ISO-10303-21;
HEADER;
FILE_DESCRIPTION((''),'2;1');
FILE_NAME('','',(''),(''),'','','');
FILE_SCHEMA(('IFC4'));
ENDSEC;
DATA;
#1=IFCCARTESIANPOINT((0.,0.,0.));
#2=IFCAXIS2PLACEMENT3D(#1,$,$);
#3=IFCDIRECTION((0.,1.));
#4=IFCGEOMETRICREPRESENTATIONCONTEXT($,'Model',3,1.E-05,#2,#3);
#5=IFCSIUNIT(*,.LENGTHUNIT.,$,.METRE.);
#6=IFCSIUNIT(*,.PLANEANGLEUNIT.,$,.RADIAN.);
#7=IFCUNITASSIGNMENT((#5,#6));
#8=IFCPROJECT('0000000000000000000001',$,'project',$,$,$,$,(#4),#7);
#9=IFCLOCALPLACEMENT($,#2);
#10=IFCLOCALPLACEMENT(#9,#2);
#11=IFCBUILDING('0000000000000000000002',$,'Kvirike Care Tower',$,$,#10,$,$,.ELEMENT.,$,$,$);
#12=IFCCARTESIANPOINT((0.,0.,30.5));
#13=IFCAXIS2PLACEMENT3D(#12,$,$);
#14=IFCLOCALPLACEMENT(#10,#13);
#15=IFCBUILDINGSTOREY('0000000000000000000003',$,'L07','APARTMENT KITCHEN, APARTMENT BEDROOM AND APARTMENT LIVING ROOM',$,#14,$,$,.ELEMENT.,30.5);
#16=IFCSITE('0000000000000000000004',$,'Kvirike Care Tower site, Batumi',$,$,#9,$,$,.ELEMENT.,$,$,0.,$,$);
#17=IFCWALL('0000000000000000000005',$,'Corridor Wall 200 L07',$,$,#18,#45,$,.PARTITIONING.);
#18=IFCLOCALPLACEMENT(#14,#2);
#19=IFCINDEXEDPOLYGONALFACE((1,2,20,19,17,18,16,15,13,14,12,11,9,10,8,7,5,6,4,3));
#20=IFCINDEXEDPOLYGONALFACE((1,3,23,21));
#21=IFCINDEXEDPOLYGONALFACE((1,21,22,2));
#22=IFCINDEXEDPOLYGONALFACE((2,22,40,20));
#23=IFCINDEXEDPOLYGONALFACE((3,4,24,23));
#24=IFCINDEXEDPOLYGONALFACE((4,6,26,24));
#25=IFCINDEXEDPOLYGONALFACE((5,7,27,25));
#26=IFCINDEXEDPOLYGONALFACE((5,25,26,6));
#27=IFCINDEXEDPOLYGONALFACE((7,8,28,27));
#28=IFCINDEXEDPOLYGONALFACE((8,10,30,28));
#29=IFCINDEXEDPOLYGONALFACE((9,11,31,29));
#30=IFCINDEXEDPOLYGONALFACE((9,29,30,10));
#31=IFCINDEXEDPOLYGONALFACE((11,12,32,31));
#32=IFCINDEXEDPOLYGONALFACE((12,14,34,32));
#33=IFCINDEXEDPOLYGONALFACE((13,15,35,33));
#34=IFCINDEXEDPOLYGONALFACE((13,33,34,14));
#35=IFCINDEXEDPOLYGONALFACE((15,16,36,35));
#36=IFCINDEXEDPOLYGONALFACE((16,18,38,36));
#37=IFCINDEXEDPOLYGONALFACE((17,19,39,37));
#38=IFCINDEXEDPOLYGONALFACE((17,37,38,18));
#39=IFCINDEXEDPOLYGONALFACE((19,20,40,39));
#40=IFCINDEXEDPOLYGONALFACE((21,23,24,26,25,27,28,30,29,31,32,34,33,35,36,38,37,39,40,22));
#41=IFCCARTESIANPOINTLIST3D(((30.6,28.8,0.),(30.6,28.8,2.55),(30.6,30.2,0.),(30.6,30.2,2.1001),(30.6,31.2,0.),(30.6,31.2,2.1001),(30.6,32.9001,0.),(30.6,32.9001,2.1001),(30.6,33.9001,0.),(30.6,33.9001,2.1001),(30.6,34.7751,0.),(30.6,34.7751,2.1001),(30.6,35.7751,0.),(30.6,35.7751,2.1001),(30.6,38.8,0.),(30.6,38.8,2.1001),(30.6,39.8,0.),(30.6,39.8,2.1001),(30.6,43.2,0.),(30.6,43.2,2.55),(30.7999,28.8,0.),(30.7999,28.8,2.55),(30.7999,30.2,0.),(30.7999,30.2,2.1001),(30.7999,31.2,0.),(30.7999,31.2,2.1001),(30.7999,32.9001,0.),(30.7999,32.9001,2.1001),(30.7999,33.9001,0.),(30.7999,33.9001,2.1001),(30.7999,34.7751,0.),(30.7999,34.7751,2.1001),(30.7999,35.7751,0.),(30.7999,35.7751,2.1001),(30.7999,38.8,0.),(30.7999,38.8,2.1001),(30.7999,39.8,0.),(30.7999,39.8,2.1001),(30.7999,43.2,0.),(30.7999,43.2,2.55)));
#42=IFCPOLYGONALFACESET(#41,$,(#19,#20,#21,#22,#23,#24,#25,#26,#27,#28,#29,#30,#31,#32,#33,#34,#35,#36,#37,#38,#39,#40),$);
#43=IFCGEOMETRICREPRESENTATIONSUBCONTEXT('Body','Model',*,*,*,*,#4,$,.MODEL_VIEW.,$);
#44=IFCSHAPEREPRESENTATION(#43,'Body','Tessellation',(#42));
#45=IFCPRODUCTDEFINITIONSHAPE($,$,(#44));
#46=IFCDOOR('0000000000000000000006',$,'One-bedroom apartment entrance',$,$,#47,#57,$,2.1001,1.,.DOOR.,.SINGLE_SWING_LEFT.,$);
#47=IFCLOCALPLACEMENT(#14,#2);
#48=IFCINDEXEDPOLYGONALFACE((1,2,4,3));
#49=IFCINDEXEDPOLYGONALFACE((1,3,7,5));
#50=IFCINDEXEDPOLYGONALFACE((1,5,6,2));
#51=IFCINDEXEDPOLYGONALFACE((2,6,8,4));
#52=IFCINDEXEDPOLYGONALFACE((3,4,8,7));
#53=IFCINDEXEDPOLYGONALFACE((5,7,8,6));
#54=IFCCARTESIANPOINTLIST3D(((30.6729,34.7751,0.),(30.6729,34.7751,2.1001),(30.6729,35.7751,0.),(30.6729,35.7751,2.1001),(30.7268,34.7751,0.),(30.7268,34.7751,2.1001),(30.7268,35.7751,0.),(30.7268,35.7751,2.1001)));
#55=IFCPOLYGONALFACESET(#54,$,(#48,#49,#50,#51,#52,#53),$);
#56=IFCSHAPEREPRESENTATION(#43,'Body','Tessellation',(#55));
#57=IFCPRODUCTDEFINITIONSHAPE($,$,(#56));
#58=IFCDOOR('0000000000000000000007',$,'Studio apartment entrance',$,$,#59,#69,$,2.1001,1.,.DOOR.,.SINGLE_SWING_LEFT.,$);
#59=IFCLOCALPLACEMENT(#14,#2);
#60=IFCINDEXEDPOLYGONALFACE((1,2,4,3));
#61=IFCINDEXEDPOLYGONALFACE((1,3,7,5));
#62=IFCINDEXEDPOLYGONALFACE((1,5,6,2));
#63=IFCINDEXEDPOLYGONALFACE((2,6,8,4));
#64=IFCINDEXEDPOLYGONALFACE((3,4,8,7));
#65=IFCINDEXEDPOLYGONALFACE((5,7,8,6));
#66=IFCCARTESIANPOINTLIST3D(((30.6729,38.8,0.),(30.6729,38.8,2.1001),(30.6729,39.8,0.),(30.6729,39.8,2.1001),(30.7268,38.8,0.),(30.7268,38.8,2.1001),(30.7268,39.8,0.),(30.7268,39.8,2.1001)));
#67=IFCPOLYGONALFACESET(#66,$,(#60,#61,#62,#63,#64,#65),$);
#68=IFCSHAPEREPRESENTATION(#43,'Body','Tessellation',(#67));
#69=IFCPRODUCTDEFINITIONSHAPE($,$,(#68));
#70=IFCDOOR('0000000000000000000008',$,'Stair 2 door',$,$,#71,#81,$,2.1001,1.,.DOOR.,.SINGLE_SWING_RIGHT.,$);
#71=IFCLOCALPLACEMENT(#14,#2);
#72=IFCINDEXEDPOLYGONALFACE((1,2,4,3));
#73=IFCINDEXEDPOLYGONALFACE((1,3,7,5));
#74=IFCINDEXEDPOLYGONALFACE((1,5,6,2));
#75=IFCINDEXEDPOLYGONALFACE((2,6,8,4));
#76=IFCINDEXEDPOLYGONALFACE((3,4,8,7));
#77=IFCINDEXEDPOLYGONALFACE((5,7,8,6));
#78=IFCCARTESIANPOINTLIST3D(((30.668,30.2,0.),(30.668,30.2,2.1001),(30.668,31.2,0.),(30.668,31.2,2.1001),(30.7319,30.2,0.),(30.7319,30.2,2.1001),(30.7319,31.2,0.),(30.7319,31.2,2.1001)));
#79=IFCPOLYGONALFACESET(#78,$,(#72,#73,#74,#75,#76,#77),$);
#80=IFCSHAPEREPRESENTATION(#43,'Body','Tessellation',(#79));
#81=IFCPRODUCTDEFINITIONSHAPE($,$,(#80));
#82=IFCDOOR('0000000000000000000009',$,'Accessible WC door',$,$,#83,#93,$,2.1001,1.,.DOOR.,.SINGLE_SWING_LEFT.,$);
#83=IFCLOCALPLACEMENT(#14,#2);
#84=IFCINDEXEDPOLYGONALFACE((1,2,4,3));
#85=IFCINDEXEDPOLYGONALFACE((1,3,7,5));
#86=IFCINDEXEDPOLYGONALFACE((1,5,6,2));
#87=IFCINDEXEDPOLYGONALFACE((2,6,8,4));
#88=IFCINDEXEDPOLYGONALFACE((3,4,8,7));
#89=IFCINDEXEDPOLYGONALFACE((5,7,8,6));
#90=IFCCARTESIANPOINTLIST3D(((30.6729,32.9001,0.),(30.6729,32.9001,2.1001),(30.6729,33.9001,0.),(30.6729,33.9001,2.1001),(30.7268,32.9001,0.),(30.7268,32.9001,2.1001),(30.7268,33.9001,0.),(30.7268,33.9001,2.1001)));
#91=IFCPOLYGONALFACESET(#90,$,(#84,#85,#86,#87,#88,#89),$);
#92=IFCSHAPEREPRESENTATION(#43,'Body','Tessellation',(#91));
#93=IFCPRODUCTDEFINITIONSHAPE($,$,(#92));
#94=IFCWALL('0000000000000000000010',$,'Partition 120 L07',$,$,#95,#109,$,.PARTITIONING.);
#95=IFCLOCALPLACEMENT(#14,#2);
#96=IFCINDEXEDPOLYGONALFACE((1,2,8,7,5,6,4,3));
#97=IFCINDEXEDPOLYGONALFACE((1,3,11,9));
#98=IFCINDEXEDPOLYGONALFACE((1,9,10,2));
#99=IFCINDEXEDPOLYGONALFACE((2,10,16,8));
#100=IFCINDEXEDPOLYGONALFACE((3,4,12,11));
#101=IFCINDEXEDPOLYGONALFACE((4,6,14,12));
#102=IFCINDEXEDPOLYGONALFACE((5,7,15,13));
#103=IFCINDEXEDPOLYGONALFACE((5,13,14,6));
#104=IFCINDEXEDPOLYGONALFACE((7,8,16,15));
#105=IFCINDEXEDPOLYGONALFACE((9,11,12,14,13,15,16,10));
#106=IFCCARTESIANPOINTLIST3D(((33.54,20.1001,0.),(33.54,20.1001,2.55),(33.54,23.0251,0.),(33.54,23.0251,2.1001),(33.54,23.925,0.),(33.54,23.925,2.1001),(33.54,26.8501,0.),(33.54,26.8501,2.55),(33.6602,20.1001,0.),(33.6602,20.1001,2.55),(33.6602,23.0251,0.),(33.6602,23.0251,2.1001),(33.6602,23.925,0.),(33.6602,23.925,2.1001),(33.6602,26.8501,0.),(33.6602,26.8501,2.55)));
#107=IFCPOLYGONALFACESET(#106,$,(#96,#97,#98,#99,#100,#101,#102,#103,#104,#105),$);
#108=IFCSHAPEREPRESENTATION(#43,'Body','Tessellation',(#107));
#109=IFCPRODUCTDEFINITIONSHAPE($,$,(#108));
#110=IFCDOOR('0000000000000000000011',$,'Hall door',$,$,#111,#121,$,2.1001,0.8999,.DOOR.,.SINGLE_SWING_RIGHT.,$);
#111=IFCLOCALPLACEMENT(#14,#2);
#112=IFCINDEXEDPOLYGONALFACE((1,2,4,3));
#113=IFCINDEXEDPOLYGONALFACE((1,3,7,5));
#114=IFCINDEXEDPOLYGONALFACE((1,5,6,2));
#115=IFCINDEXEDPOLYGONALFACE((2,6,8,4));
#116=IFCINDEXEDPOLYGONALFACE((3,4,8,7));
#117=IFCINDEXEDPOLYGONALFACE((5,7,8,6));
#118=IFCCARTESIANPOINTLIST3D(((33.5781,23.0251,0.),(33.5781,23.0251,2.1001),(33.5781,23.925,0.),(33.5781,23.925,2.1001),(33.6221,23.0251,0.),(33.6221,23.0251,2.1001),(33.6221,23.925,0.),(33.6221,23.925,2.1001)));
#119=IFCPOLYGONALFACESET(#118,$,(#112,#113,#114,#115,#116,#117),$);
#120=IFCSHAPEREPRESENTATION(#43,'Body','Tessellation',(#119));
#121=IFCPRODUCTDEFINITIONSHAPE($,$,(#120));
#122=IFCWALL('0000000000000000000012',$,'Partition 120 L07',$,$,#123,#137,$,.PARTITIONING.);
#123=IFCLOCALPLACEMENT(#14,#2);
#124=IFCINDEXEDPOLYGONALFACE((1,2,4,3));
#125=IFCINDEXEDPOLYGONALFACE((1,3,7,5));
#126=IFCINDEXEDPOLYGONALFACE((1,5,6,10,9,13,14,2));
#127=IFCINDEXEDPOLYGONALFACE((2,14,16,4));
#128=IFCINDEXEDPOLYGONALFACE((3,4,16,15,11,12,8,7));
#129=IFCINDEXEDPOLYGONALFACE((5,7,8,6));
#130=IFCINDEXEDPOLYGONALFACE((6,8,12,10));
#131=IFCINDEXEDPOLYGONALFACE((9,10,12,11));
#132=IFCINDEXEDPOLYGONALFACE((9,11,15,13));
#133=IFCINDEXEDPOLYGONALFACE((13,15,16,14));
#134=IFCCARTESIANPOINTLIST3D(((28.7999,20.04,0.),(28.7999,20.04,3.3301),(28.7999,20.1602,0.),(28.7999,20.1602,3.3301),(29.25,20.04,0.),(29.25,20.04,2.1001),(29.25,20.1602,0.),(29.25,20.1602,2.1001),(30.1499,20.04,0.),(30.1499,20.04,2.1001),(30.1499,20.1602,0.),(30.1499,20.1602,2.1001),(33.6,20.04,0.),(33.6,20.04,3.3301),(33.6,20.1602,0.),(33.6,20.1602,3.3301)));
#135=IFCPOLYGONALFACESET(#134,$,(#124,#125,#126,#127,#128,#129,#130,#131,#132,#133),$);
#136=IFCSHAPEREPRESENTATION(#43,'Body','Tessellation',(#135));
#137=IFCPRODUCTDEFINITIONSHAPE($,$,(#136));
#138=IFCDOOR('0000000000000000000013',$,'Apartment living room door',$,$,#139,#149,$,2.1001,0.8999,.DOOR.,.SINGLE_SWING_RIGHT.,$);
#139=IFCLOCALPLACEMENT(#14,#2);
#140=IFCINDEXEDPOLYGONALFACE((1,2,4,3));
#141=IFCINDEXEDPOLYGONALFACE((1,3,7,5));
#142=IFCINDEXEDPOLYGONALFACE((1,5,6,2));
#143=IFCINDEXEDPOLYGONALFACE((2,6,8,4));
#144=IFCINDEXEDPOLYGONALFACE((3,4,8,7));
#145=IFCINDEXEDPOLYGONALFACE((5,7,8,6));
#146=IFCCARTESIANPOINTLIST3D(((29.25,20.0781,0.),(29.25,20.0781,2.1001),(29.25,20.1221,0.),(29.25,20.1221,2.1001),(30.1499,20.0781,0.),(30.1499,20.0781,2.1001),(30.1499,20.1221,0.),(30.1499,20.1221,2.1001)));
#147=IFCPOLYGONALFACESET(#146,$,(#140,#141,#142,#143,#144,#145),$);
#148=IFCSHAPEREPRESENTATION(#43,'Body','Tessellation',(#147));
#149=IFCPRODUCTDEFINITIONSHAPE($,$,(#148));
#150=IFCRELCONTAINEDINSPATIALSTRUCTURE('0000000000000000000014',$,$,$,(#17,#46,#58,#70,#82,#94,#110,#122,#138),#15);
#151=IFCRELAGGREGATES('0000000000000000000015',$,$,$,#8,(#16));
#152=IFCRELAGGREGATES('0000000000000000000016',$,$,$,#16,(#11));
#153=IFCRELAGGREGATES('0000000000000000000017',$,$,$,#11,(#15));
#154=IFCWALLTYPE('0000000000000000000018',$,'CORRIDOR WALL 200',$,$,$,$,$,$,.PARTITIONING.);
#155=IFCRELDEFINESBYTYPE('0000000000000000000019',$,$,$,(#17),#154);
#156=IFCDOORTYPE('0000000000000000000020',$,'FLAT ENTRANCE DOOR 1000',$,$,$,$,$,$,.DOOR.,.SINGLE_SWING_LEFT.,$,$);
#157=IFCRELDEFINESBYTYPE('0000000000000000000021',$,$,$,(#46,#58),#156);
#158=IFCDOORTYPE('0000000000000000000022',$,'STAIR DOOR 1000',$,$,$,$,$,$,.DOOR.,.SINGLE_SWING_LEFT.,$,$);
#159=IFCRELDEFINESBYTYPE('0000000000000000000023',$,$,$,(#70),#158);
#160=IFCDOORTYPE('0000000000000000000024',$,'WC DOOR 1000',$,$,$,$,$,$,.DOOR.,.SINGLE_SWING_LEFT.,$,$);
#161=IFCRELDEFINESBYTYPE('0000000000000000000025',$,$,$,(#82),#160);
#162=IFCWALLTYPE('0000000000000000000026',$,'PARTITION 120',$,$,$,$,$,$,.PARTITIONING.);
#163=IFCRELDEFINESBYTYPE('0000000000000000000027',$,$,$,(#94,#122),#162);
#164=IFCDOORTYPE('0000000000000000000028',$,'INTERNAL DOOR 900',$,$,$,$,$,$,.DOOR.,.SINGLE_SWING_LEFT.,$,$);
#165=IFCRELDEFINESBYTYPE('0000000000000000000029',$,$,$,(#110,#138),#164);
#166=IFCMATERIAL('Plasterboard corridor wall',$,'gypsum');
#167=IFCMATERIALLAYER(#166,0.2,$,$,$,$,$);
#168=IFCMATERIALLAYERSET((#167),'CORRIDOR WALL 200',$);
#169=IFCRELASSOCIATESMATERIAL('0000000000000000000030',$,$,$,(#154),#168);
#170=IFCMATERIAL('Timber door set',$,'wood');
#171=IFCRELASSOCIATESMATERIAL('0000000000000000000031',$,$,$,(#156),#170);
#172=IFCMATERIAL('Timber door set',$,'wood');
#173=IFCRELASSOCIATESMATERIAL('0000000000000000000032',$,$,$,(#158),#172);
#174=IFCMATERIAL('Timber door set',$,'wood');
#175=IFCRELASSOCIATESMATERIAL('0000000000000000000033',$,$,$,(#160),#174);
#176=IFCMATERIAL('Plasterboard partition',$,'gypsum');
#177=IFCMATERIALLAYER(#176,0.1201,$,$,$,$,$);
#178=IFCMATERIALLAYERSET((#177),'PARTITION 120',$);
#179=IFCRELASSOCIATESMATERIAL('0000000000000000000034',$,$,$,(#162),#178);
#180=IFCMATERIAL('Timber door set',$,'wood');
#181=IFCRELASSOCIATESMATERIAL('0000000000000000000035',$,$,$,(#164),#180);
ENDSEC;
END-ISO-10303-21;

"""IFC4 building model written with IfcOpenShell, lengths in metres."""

from ifc_helpers import new_model, si_unit, direction, frame, frame_2d, origin, place, context, subcontext, project, spatial, rectangle, extrude, material, layer, layer_set, type_object, element, fill, save


model = new_model("IFC4")

# Units and contexts
model_context = context("Model", 3, precision=1e-05, world=origin(), true_north=direction((0.0, 1.0)))
body_context = subcontext(model_context, "Body", "Model", "MODEL_VIEW")
ifc_project = project(units=[si_unit("LENGTHUNIT", "METRE"), si_unit("PLANEANGLEUNIT", "RADIAN")], contexts=[model_context])

# Site, building, storey
site_placement = place(None, origin())
site = spatial("IfcSite", under=ifc_project, at=site_placement, Name="Kvirike Care Tower site, Batumi", CompositionType="ELEMENT", RefElevation=0.0)
building_placement = place(site_placement, origin())
building = spatial("IfcBuilding", under=site, at=building_placement, Name="Kvirike Care Tower", CompositionType="ELEMENT")
storey_placement = place(building_placement, frame((0.0, 0.0, 30.5)))
storey = spatial("IfcBuildingStorey", under=building, at=storey_placement, Name="L07", Description="APARTMENT KITCHEN, APARTMENT BEDROOM AND APARTMENT LIVING ROOM", CompositionType="ELEMENT", Elevation=30.5)

# Shared definitions
ifc_material_1 = material(Name="Plasterboard corridor wall", Category="gypsum")
ifc_layer_1 = layer(ifc_material_1, 0.2)
ifc_layer_set_1 = layer_set([ifc_layer_1], Name="CORRIDOR WALL 200")
wall_type_1 = type_object("IfcWallType", Name="CORRIDOR WALL 200", PredefinedType="PARTITIONING", material=ifc_layer_set_1)
ifc_material_2 = material(Name="Timber door set", Category="wood")
door_type_1 = type_object("IfcDoorType", Name="FLAT ENTRANCE DOOR 1000", OperationType="SINGLE_SWING_LEFT", PredefinedType="DOOR", material=ifc_material_2)

# Wall, openings, doors
wall_1_placement = place(storey_placement, frame((30.7, 28.8, 0.0), z_axis=(0.0, 0.0, 1.0), x_axis=(0.0, 1.0, 0.0)))
wall_1 = element("IfcWall", 1, at=wall_1_placement, inside=storey, type_object=wall_type_1, Name="Corridor Wall 200 L07", PredefinedType="PARTITIONING", context=body_context, shape_type="SweptSolid", body=[
    extrude(rectangle(XDim=14.3999, YDim=0.2, at=frame_2d((7.2, 0.0))), origin(), (0.0, 0.0, 1.0), 2.55),
])
opening_1_placement = place(wall_1_placement, frame((1.3999, 0.0, 0.0)))
opening_1 = element("IfcOpeningElement", 2, at=opening_1_placement, cuts=wall_1, PredefinedType="OPENING", context=body_context, shape_type="SweptSolid", body=[
    extrude(rectangle(XDim=1.0, YDim=2.1001, at=frame_2d((0.5, 1.05))), frame((0.0, 0.1106, 0.0), z_axis=(0.0, -1.0, 0.0), x_axis=(1.0, 0.0, 0.0)), (0.0, 0.0, 1.0), 0.2209),
])
opening_2_placement = place(wall_1_placement, frame((4.1001, 0.0, 0.0)))
opening_2 = element("IfcOpeningElement", 3, at=opening_2_placement, cuts=wall_1, PredefinedType="OPENING", context=body_context, shape_type="SweptSolid", body=[
    extrude(rectangle(XDim=1.0, YDim=2.1001, at=frame_2d((0.5, 1.05))), frame((0.0, 0.1106, 0.0), z_axis=(0.0, -1.0, 0.0), x_axis=(1.0, 0.0, 0.0)), (0.0, 0.0, 1.0), 0.2209),
])
opening_3_placement = place(wall_1_placement, frame((5.9751, 0.0, 0.0)))
opening_3 = element("IfcOpeningElement", 4, at=opening_3_placement, cuts=wall_1, PredefinedType="OPENING", context=body_context, shape_type="SweptSolid", body=[
    extrude(rectangle(XDim=1.0, YDim=2.1001, at=frame_2d((0.5, 1.05))), frame((0.0, 0.1106, 0.0), z_axis=(0.0, -1.0, 0.0), x_axis=(1.0, 0.0, 0.0)), (0.0, 0.0, 1.0), 0.2209),
])
opening_4_placement = place(wall_1_placement, frame((10.0, 0.0, 0.0)))
opening_4 = element("IfcOpeningElement", 5, at=opening_4_placement, cuts=wall_1, PredefinedType="OPENING", context=body_context, shape_type="SweptSolid", body=[
    extrude(rectangle(XDim=1.0, YDim=2.1001, at=frame_2d((0.5, 1.05))), frame((0.0, 0.1106, 0.0), z_axis=(0.0, -1.0, 0.0), x_axis=(1.0, 0.0, 0.0)), (0.0, 0.0, 1.0), 0.2209),
])
door_1_placement = place(opening_3_placement, frame((1.0, 0.0, 0.0), z_axis=(0.0, 0.0, 1.0), x_axis=(-1.0, 0.0, 0.0)))
door_1 = element("IfcDoor", 6, at=door_1_placement, inside=storey, type_object=door_type_1, Name="One-bedroom apartment entrance", OperationType="SINGLE_SWING_LEFT", OverallHeight=2.1001, OverallWidth=1.0, PredefinedType="DOOR", context=body_context, shape_type="SweptSolid", body=[
    extrude(rectangle(XDim=1.0, YDim=2.1001, at=frame_2d((0.5, 1.05))), frame((0.0, 0.0269, 0.0), z_axis=(0.0, -1.0, 0.0), x_axis=(1.0, 0.0, 0.0)), (0.0, 0.0, 1.0), 0.054),
])
fill(opening_3, door_1)
door_2_placement = place(opening_4_placement, frame((1.0, 0.0, 0.0), z_axis=(0.0, 0.0, 1.0), x_axis=(-1.0, 0.0, 0.0)))
door_2 = element("IfcDoor", 7, at=door_2_placement, inside=storey, type_object=door_type_1, Name="Studio apartment entrance", OperationType="SINGLE_SWING_LEFT", OverallHeight=2.1001, OverallWidth=1.0, PredefinedType="DOOR", context=body_context, shape_type="SweptSolid", body=[
    extrude(rectangle(XDim=1.0, YDim=2.1001, at=frame_2d((0.5, 1.05))), frame((0.0, 0.0269, 0.0), z_axis=(0.0, -1.0, 0.0), x_axis=(1.0, 0.0, 0.0)), (0.0, 0.0, 1.0), 0.054),
])
fill(opening_4, door_2)
ifc_material_3 = material(Name="Timber door set", Category="wood")
door_type_2 = type_object("IfcDoorType", Name="STAIR DOOR 1000", OperationType="SINGLE_SWING_LEFT", PredefinedType="DOOR", material=ifc_material_3)
door_3_placement = place(opening_1_placement, frame((1.0, 0.0, 0.0), z_axis=(0.0, 0.0, 1.0), x_axis=(-1.0, 0.0, 0.0)))
door_3 = element("IfcDoor", 8, at=door_3_placement, inside=storey, type_object=door_type_2, Name="Stair 2 door", OperationType="SINGLE_SWING_RIGHT", OverallHeight=2.1001, OverallWidth=1.0, PredefinedType="DOOR", context=body_context, shape_type="SweptSolid", body=[
    extrude(rectangle(XDim=1.0, YDim=2.1001, at=frame_2d((0.5, 1.05))), frame((0.0, 0.032, 0.0), z_axis=(0.0, -1.0, 0.0), x_axis=(1.0, 0.0, 0.0)), (0.0, 0.0, 1.0), 0.064),
])
fill(opening_1, door_3)
ifc_material_4 = material(Name="Timber door set", Category="wood")
door_type_3 = type_object("IfcDoorType", Name="WC DOOR 1000", OperationType="SINGLE_SWING_LEFT", PredefinedType="DOOR", material=ifc_material_4)
door_4_placement = place(opening_2_placement, frame((1.0, 0.0, 0.0), z_axis=(0.0, 0.0, 1.0), x_axis=(-1.0, 0.0, 0.0)))
door_4 = element("IfcDoor", 9, at=door_4_placement, inside=storey, type_object=door_type_3, Name="Accessible WC door", OperationType="SINGLE_SWING_LEFT", OverallHeight=2.1001, OverallWidth=1.0, PredefinedType="DOOR", context=body_context, shape_type="SweptSolid", body=[
    extrude(rectangle(XDim=1.0, YDim=2.1001, at=frame_2d((0.5, 1.05))), frame((0.0, 0.0269, 0.0), z_axis=(0.0, -1.0, 0.0), x_axis=(1.0, 0.0, 0.0)), (0.0, 0.0, 1.0), 0.054),
])
fill(opening_2, door_4)

# Walls, openings, doors
ifc_material_5 = material(Name="Plasterboard partition", Category="gypsum")
ifc_layer_2 = layer(ifc_material_5, 0.1201)
ifc_layer_set_2 = layer_set([ifc_layer_2], Name="PARTITION 120")
wall_type_2 = type_object("IfcWallType", Name="PARTITION 120", PredefinedType="PARTITIONING", material=ifc_layer_set_2)
wall_2_placement = place(storey_placement, frame((33.6001, 20.1001, 0.0), z_axis=(0.0, 0.0, 1.0), x_axis=(0.0, 1.0, 0.0)))
wall_2 = element("IfcWall", 10, at=wall_2_placement, inside=storey, type_object=wall_type_2, Name="Partition 120 L07", PredefinedType="PARTITIONING", context=body_context, shape_type="SweptSolid", body=[
    extrude(rectangle(XDim=6.75, YDim=0.1201, at=frame_2d((3.375, 0.0))), origin(), (0.0, 0.0, 1.0), 2.55),
])
opening_5_placement = place(wall_2_placement, frame((2.925, 0.0, 0.0)))
opening_5 = element("IfcOpeningElement", 11, at=opening_5_placement, cuts=wall_2, PredefinedType="OPENING", context=body_context, shape_type="SweptSolid", body=[
    extrude(rectangle(XDim=0.8999, YDim=2.1001, at=frame_2d((0.45, 1.05))), frame((0.0, 0.0706, 0.0), z_axis=(0.0, -1.0, 0.0), x_axis=(1.0, 0.0, 0.0)), (0.0, 0.0, 1.0), 0.1411),
])
ifc_material_6 = material(Name="Timber door set", Category="wood")
door_type_4 = type_object("IfcDoorType", Name="INTERNAL DOOR 900", OperationType="SINGLE_SWING_LEFT", PredefinedType="DOOR", material=ifc_material_6)
door_5_placement = place(opening_5_placement, frame((0.8999, 0.0, 0.0), z_axis=(0.0, 0.0, 1.0), x_axis=(-1.0, 0.0, 0.0)))
door_5 = element("IfcDoor", 12, at=door_5_placement, inside=storey, type_object=door_type_4, Name="Hall door", OperationType="SINGLE_SWING_RIGHT", OverallHeight=2.1001, OverallWidth=0.8999, PredefinedType="DOOR", context=body_context, shape_type="SweptSolid", body=[
    extrude(rectangle(XDim=0.8999, YDim=2.1001, at=frame_2d((0.45, 1.05))), frame((0.0, 0.022, 0.0), z_axis=(0.0, -1.0, 0.0), x_axis=(1.0, 0.0, 0.0)), (0.0, 0.0, 1.0), 0.0439),
])
fill(opening_5, door_5)
wall_3_placement = place(storey_placement, frame((28.8, 20.1001, 0.0), z_axis=(0.0, 0.0, 1.0), x_axis=(1.0, 0.0, 0.0)))
wall_3 = element("IfcWall", 13, at=wall_3_placement, inside=storey, type_object=wall_type_2, Name="Partition 120 L07", PredefinedType="PARTITIONING", context=body_context, shape_type="SweptSolid", body=[
    extrude(rectangle(XDim=4.8, YDim=0.1201, at=frame_2d((2.3999, 0.0))), origin(), (0.0, 0.0, 1.0), 3.3301),
])
opening_6_placement = place(wall_3_placement, frame((0.45, 0.0, 0.0)))
opening_6 = element("IfcOpeningElement", 14, at=opening_6_placement, cuts=wall_3, PredefinedType="OPENING", context=body_context, shape_type="SweptSolid", body=[
    extrude(rectangle(XDim=0.8999, YDim=2.1001, at=frame_2d((0.45, 1.05))), frame((0.0, 0.0706, 0.0), z_axis=(0.0, -1.0, 0.0), x_axis=(1.0, 0.0, 0.0)), (0.0, 0.0, 1.0), 0.1411),
])
door_6_placement = place(opening_6_placement, frame((0.8999, 0.0, 0.0), z_axis=(0.0, 0.0, 1.0), x_axis=(-1.0, 0.0, 0.0)))
door_6 = element("IfcDoor", 15, at=door_6_placement, inside=storey, type_object=door_type_4, Name="Apartment living room door", OperationType="SINGLE_SWING_RIGHT", OverallHeight=2.1001, OverallWidth=0.8999, PredefinedType="DOOR", context=body_context, shape_type="SweptSolid", body=[
    extrude(rectangle(XDim=0.8999, YDim=2.1001, at=frame_2d((0.45, 1.05))), frame((0.0, 0.022, 0.0), z_axis=(0.0, -1.0, 0.0), x_axis=(1.0, 0.0, 0.0)), (0.0, 0.0, 1.0), 0.0439),
])
fill(opening_6, door_6)

save(model, "model.ifc")
